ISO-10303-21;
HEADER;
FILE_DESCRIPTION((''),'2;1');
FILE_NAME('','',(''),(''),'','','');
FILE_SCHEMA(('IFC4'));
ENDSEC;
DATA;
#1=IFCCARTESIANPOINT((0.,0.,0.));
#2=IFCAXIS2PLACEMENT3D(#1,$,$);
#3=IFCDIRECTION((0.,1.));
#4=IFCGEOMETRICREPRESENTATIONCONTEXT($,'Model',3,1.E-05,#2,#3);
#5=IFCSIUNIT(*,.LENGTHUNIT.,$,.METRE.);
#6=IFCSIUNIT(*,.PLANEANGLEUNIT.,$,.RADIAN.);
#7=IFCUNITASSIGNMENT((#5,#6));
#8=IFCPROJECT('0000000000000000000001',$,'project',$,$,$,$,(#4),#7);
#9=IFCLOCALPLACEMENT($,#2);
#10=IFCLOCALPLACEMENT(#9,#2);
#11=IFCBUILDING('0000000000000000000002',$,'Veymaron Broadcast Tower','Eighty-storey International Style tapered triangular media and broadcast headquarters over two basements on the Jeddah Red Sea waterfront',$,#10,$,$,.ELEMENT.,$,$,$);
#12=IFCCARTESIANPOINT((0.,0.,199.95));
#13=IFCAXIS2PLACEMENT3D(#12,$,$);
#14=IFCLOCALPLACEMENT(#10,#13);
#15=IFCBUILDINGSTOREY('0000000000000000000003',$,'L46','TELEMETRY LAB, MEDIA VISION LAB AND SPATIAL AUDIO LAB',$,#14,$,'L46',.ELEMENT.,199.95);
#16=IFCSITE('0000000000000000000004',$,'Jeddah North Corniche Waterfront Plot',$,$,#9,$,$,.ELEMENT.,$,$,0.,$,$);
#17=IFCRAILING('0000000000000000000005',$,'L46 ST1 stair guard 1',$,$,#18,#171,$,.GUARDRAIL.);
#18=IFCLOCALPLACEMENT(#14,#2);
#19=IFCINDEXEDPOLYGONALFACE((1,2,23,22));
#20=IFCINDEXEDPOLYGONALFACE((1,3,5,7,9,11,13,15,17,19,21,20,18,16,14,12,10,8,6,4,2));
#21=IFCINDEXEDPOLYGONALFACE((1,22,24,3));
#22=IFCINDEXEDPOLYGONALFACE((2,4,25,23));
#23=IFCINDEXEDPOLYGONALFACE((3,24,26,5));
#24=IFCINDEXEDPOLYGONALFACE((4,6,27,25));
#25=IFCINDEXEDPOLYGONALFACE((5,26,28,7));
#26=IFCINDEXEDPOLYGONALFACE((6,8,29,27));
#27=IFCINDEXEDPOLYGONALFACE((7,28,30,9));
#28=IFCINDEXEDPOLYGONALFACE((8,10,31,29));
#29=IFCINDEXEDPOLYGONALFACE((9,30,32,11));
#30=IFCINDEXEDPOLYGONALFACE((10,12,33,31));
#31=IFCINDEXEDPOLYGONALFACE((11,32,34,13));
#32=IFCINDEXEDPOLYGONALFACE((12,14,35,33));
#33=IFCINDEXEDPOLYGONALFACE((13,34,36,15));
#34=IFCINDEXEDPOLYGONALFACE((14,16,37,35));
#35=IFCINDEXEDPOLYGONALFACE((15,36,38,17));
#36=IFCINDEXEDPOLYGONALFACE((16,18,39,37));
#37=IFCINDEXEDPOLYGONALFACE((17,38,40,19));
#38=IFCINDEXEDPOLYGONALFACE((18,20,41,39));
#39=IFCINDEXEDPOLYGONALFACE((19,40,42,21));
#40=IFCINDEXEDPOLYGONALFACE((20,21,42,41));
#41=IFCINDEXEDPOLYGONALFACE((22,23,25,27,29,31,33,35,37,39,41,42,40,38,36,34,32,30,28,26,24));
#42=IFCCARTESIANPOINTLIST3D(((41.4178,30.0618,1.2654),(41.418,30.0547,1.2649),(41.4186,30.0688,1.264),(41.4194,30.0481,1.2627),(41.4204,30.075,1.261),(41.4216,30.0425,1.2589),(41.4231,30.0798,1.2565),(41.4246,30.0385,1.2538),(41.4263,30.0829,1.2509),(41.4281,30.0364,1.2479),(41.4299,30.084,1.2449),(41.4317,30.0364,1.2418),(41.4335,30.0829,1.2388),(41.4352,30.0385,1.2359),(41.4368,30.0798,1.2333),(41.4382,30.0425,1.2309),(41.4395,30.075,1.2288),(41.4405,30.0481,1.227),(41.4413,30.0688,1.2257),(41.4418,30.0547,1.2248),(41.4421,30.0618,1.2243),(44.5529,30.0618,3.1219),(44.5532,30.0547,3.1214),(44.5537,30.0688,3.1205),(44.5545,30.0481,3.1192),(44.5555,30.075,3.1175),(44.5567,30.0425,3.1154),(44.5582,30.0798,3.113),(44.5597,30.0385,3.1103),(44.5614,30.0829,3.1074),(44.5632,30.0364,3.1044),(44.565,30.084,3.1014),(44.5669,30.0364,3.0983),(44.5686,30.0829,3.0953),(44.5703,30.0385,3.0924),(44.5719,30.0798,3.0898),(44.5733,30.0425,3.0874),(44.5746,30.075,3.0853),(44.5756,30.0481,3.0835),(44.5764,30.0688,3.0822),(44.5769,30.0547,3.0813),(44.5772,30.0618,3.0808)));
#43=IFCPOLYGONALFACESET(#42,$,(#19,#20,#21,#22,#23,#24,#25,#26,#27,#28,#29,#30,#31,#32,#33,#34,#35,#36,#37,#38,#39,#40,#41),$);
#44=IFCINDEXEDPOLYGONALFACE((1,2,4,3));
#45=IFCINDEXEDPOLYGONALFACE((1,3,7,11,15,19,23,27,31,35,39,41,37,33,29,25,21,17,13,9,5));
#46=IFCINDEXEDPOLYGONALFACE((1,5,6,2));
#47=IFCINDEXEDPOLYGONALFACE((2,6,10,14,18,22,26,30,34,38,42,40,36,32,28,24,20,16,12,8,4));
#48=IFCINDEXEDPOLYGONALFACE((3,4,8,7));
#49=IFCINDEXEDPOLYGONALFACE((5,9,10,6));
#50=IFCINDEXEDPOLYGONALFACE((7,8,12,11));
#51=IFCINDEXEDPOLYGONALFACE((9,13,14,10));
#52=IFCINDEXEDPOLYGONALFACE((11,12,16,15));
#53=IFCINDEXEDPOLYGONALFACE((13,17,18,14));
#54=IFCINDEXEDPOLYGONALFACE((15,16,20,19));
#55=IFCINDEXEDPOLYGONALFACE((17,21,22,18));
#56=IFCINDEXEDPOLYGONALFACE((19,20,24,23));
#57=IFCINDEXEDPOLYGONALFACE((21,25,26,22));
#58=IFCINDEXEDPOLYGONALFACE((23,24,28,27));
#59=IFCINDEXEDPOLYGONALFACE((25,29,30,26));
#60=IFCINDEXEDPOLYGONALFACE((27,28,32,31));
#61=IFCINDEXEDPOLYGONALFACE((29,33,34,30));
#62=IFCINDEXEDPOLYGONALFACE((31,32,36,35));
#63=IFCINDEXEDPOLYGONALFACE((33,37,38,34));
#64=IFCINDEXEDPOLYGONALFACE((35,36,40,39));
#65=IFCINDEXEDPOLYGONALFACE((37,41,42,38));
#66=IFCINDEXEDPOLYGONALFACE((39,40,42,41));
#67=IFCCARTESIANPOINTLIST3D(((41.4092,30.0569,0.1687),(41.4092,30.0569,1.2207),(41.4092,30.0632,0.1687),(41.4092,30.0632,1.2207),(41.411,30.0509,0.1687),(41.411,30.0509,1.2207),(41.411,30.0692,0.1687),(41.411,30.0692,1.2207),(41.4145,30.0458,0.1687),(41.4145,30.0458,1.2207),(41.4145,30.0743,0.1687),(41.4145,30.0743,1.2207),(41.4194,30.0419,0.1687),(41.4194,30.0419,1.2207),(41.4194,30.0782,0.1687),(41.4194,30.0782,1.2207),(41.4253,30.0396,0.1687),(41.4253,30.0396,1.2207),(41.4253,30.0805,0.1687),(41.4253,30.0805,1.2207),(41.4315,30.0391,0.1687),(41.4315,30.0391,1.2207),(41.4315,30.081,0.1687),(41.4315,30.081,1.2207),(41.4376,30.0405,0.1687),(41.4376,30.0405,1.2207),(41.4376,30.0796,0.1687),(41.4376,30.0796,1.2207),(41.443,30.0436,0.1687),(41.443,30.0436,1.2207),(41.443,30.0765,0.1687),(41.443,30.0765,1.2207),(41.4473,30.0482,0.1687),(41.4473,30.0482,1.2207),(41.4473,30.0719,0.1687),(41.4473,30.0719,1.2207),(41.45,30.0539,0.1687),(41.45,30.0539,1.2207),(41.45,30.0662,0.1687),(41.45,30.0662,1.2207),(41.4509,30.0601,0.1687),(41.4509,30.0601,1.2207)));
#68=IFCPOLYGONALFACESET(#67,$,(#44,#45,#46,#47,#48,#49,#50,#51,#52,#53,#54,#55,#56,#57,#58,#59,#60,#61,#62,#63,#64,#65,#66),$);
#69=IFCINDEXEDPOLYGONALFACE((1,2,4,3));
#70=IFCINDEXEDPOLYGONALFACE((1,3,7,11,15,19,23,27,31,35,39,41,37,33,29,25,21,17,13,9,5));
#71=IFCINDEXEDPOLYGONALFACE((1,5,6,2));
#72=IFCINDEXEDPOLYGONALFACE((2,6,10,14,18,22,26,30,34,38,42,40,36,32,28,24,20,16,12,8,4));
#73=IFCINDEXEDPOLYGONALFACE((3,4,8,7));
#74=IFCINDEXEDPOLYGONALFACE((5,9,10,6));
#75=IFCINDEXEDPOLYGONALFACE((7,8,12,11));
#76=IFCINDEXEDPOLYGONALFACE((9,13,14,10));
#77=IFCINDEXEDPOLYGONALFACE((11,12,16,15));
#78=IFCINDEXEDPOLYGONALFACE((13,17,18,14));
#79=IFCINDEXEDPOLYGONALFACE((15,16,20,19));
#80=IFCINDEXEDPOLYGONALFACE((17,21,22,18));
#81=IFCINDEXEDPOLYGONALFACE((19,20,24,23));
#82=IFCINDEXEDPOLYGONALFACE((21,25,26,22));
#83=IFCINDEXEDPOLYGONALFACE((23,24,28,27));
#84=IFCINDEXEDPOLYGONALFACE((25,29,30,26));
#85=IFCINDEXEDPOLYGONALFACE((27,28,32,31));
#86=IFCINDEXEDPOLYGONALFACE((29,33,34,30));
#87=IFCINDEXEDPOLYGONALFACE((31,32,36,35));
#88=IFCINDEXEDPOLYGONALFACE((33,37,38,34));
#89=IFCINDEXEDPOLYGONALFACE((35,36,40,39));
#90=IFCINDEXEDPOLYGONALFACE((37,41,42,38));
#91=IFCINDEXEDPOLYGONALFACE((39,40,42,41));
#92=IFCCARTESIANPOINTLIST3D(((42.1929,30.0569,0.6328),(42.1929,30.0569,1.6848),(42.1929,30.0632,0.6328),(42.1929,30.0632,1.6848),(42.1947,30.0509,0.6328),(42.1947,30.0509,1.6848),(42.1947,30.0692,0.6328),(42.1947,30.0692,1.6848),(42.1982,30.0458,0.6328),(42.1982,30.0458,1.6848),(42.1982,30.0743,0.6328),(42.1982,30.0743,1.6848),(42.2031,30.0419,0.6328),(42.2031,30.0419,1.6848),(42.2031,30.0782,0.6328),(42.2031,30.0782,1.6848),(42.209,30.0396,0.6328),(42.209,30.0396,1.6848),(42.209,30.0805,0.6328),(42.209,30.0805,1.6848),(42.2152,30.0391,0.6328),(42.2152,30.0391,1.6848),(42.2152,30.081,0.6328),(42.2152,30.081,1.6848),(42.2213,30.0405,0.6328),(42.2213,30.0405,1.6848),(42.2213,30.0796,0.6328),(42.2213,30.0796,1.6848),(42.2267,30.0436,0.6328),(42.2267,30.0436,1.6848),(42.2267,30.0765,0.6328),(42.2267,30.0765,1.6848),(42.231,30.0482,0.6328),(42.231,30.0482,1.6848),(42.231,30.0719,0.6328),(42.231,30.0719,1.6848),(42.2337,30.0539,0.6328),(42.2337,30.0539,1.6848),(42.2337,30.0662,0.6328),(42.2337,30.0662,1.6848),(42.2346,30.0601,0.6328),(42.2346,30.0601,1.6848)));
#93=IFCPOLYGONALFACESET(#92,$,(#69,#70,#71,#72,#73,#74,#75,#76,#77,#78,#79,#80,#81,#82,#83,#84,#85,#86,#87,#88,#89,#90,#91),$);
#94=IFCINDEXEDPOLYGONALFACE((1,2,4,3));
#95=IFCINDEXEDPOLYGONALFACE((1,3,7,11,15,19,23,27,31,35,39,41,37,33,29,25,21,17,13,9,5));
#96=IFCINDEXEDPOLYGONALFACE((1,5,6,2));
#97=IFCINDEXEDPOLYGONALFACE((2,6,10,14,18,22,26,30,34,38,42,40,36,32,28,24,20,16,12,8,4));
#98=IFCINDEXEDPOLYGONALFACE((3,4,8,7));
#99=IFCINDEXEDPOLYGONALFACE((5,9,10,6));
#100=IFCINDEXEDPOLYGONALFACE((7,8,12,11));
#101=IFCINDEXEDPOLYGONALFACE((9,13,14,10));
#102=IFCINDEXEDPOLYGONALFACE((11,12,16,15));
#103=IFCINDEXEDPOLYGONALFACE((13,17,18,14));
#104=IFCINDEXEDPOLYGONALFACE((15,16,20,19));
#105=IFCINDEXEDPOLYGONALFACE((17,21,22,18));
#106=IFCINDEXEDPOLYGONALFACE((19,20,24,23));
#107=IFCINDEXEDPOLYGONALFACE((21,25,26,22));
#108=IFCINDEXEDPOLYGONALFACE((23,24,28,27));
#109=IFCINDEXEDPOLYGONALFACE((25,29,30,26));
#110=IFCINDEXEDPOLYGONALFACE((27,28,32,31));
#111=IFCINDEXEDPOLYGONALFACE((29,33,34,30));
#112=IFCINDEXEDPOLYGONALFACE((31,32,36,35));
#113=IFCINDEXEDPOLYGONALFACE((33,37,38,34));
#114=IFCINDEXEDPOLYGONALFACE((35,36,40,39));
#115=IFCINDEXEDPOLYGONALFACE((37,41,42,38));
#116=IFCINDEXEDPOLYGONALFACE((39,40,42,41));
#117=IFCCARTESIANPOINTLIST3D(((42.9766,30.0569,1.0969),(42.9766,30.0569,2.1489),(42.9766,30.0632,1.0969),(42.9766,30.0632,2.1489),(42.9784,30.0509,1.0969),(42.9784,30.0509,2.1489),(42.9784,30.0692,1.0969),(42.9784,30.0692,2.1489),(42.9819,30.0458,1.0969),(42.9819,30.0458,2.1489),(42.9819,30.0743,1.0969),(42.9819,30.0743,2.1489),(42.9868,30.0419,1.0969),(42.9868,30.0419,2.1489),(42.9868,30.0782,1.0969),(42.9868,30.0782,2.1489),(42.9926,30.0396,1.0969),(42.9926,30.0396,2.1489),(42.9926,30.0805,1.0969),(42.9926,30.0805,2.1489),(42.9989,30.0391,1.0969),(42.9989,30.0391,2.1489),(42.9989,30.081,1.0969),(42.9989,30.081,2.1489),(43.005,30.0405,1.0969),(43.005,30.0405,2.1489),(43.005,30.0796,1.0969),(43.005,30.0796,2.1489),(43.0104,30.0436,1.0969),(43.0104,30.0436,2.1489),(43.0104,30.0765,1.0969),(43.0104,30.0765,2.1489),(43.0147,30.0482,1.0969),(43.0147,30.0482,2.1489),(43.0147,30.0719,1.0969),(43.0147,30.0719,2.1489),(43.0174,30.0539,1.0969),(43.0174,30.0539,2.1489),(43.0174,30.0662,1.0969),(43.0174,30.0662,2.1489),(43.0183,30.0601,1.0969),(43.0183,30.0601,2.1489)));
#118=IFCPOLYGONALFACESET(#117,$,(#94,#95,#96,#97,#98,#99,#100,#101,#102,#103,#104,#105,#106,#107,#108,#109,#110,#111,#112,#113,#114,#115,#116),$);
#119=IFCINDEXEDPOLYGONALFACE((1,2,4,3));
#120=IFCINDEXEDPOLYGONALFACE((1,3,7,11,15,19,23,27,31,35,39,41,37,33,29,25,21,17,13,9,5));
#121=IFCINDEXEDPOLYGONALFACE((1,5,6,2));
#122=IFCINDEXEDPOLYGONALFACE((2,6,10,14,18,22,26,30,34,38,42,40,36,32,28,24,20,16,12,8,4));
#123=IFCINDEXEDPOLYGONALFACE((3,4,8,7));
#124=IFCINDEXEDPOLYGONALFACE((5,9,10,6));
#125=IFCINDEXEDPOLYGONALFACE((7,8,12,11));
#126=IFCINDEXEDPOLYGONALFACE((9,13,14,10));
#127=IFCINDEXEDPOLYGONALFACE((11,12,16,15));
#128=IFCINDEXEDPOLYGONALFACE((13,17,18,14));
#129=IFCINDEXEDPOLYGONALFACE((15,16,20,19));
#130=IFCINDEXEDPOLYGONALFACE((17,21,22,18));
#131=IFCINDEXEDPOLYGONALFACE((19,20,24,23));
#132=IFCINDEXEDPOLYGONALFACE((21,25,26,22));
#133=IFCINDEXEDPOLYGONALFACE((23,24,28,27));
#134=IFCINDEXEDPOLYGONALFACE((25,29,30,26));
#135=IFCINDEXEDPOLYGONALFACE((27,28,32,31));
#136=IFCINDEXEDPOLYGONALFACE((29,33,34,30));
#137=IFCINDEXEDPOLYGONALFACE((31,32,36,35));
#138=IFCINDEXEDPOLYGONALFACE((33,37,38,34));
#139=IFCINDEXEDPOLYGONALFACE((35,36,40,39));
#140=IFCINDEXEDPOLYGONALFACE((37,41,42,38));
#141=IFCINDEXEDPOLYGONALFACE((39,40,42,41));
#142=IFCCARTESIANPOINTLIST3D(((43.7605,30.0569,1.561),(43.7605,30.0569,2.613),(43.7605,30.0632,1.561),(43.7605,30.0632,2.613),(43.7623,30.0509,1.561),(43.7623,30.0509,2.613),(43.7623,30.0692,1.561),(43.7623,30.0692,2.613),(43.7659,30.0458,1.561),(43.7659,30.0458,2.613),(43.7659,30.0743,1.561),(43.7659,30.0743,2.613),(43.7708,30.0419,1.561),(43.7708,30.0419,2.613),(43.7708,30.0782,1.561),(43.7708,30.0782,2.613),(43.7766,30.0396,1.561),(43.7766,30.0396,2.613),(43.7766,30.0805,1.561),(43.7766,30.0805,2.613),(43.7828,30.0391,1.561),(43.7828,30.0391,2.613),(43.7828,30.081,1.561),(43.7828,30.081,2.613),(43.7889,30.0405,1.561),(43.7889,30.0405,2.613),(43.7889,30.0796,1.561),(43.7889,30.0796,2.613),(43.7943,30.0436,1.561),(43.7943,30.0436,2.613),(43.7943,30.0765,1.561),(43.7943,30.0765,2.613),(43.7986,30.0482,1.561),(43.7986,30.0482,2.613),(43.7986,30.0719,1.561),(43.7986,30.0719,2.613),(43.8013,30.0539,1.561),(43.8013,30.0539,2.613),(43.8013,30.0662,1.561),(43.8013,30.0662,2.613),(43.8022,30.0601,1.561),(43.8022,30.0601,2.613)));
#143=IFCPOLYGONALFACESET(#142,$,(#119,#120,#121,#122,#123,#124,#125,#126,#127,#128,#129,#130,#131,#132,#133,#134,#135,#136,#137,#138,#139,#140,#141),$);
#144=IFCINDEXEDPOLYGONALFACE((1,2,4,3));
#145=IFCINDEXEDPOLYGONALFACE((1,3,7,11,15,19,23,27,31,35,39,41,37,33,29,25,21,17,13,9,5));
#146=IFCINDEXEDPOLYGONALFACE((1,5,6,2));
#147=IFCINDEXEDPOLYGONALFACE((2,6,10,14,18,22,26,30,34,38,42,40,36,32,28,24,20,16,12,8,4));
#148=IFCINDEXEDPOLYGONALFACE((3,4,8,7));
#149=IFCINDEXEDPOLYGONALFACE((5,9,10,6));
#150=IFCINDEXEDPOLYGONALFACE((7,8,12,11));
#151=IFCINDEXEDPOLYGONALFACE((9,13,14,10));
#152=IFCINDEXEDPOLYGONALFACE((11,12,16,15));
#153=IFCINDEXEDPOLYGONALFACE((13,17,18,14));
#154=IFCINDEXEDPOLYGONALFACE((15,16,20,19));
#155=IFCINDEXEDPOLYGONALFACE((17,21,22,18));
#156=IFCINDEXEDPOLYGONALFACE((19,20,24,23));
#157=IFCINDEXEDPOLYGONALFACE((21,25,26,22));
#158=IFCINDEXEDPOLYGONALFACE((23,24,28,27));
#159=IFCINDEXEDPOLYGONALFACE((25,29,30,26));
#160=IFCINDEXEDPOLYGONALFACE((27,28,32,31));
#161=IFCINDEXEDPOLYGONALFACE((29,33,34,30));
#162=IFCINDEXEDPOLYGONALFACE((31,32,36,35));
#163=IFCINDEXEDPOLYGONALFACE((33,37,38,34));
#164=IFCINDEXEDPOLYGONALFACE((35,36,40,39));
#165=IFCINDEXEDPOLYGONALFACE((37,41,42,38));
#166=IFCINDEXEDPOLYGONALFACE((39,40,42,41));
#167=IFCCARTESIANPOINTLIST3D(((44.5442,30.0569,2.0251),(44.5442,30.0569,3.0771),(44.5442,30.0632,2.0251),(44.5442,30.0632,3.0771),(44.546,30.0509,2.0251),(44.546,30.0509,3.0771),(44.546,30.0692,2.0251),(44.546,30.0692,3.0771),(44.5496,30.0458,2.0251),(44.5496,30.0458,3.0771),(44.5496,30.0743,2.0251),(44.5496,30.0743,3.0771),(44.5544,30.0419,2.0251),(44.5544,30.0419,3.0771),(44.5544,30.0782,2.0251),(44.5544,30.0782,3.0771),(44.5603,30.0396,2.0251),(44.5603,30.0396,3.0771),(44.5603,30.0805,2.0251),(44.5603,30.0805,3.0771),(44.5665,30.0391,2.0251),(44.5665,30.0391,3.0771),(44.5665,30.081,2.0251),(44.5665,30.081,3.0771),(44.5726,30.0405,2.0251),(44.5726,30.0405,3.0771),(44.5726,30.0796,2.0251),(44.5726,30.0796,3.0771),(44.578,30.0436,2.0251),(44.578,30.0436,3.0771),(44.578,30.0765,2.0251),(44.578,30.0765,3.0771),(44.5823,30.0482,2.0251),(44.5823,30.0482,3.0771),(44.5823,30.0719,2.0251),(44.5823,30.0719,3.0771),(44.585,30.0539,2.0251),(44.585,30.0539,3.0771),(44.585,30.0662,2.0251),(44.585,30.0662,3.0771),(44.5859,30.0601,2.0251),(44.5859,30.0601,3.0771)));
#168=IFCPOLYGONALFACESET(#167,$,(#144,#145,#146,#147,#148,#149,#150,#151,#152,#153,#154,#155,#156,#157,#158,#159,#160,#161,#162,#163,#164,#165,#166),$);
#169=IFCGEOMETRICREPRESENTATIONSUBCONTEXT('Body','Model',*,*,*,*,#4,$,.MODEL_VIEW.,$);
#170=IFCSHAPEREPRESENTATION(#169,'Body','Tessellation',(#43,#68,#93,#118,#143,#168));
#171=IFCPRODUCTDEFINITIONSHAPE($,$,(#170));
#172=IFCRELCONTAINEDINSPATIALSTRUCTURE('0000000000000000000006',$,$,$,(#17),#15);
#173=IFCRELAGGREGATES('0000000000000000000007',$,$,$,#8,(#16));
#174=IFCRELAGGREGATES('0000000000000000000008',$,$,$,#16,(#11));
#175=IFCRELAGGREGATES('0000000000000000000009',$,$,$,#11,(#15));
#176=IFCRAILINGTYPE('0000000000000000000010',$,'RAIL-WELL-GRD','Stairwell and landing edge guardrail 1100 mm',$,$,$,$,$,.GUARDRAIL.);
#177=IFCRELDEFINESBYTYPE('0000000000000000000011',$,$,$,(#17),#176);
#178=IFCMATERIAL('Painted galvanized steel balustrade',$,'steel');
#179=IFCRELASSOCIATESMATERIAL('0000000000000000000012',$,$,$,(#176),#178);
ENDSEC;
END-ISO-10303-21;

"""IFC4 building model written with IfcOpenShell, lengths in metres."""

from ifc_helpers import new_model, si_unit, direction, frame, origin, origin_2d, place, context, subcontext, project, spatial, circle, extrude, material, type_object, element, save


model = new_model("IFC4")

# Units and contexts
model_context = context("Model", 3, precision=1e-05, world=origin(), true_north=direction((0.0, 1.0)))
body_context = subcontext(model_context, "Body", "Model", "MODEL_VIEW")
ifc_project = project(units=[si_unit("LENGTHUNIT", "METRE"), si_unit("PLANEANGLEUNIT", "RADIAN")], contexts=[model_context])

# Site, building, storey
site_placement = place(None, origin())
site = spatial("IfcSite", under=ifc_project, at=site_placement, Name="Jeddah North Corniche Waterfront Plot", CompositionType="ELEMENT", RefElevation=0.0)
building_placement = place(site_placement, origin())
building = spatial("IfcBuilding", under=site, at=building_placement, Name="Veymaron Broadcast Tower", Description="Eighty-storey International Style tapered triangular media and broadcast headquarters over two basements on the Jeddah Red Sea waterfront", CompositionType="ELEMENT")
storey_placement = place(building_placement, frame((0.0, 0.0, 199.95)))
storey = spatial("IfcBuildingStorey", under=building, at=storey_placement, Name="L46", Description="TELEMETRY LAB, MEDIA VISION LAB AND SPATIAL AUDIO LAB", LongName="L46", CompositionType="ELEMENT", Elevation=199.95)

# Railing
ifc_material_1 = material(Name="Painted galvanized steel balustrade", Category="steel")
railing_type_1 = type_object("IfcRailingType", Name="RAIL-WELL-GRD", Description="Stairwell and landing edge guardrail 1100 mm", PredefinedType="GUARDRAIL", material=ifc_material_1)
railing_1_placement = place(storey_placement, frame((41.4299, 30.0601, 0.1687)))
element("IfcRailing", 1, at=railing_1_placement, inside=storey, type_object=railing_type_1, Name="L46 ST1 stair guard 1", PredefinedType="GUARDRAIL", context=body_context, shape_type="SweptSolid", body=[
    extrude(circle(Radius=0.0239, at=origin_2d()), frame((0.0, 0.0, 1.0762), z_axis=(0.860453, 0.0, 0.509531), x_axis=(0.0, 1.0, 0.0)), (0.0, 0.0, 1.0), 3.6436),
    extrude(circle(Radius=0.021, at=origin_2d()), origin(), (0.0, 0.0, 1.0), 1.052),
    extrude(circle(Radius=0.021, at=origin_2d()), frame((0.7837, 0.0, 0.4641)), (0.0, 0.0, 1.0), 1.052),
    extrude(circle(Radius=0.021, at=origin_2d()), frame((1.5674, 0.0, 0.9282)), (0.0, 0.0, 1.0), 1.052),
    extrude(circle(Radius=0.021, at=origin_2d()), frame((2.3513, 0.0, 1.3923)), (0.0, 0.0, 1.0), 1.052),
    extrude(circle(Radius=0.021, at=origin_2d()), frame((3.135, 0.0, 1.8564)), (0.0, 0.0, 1.0), 1.052),
])

save(model, "model.ifc")
